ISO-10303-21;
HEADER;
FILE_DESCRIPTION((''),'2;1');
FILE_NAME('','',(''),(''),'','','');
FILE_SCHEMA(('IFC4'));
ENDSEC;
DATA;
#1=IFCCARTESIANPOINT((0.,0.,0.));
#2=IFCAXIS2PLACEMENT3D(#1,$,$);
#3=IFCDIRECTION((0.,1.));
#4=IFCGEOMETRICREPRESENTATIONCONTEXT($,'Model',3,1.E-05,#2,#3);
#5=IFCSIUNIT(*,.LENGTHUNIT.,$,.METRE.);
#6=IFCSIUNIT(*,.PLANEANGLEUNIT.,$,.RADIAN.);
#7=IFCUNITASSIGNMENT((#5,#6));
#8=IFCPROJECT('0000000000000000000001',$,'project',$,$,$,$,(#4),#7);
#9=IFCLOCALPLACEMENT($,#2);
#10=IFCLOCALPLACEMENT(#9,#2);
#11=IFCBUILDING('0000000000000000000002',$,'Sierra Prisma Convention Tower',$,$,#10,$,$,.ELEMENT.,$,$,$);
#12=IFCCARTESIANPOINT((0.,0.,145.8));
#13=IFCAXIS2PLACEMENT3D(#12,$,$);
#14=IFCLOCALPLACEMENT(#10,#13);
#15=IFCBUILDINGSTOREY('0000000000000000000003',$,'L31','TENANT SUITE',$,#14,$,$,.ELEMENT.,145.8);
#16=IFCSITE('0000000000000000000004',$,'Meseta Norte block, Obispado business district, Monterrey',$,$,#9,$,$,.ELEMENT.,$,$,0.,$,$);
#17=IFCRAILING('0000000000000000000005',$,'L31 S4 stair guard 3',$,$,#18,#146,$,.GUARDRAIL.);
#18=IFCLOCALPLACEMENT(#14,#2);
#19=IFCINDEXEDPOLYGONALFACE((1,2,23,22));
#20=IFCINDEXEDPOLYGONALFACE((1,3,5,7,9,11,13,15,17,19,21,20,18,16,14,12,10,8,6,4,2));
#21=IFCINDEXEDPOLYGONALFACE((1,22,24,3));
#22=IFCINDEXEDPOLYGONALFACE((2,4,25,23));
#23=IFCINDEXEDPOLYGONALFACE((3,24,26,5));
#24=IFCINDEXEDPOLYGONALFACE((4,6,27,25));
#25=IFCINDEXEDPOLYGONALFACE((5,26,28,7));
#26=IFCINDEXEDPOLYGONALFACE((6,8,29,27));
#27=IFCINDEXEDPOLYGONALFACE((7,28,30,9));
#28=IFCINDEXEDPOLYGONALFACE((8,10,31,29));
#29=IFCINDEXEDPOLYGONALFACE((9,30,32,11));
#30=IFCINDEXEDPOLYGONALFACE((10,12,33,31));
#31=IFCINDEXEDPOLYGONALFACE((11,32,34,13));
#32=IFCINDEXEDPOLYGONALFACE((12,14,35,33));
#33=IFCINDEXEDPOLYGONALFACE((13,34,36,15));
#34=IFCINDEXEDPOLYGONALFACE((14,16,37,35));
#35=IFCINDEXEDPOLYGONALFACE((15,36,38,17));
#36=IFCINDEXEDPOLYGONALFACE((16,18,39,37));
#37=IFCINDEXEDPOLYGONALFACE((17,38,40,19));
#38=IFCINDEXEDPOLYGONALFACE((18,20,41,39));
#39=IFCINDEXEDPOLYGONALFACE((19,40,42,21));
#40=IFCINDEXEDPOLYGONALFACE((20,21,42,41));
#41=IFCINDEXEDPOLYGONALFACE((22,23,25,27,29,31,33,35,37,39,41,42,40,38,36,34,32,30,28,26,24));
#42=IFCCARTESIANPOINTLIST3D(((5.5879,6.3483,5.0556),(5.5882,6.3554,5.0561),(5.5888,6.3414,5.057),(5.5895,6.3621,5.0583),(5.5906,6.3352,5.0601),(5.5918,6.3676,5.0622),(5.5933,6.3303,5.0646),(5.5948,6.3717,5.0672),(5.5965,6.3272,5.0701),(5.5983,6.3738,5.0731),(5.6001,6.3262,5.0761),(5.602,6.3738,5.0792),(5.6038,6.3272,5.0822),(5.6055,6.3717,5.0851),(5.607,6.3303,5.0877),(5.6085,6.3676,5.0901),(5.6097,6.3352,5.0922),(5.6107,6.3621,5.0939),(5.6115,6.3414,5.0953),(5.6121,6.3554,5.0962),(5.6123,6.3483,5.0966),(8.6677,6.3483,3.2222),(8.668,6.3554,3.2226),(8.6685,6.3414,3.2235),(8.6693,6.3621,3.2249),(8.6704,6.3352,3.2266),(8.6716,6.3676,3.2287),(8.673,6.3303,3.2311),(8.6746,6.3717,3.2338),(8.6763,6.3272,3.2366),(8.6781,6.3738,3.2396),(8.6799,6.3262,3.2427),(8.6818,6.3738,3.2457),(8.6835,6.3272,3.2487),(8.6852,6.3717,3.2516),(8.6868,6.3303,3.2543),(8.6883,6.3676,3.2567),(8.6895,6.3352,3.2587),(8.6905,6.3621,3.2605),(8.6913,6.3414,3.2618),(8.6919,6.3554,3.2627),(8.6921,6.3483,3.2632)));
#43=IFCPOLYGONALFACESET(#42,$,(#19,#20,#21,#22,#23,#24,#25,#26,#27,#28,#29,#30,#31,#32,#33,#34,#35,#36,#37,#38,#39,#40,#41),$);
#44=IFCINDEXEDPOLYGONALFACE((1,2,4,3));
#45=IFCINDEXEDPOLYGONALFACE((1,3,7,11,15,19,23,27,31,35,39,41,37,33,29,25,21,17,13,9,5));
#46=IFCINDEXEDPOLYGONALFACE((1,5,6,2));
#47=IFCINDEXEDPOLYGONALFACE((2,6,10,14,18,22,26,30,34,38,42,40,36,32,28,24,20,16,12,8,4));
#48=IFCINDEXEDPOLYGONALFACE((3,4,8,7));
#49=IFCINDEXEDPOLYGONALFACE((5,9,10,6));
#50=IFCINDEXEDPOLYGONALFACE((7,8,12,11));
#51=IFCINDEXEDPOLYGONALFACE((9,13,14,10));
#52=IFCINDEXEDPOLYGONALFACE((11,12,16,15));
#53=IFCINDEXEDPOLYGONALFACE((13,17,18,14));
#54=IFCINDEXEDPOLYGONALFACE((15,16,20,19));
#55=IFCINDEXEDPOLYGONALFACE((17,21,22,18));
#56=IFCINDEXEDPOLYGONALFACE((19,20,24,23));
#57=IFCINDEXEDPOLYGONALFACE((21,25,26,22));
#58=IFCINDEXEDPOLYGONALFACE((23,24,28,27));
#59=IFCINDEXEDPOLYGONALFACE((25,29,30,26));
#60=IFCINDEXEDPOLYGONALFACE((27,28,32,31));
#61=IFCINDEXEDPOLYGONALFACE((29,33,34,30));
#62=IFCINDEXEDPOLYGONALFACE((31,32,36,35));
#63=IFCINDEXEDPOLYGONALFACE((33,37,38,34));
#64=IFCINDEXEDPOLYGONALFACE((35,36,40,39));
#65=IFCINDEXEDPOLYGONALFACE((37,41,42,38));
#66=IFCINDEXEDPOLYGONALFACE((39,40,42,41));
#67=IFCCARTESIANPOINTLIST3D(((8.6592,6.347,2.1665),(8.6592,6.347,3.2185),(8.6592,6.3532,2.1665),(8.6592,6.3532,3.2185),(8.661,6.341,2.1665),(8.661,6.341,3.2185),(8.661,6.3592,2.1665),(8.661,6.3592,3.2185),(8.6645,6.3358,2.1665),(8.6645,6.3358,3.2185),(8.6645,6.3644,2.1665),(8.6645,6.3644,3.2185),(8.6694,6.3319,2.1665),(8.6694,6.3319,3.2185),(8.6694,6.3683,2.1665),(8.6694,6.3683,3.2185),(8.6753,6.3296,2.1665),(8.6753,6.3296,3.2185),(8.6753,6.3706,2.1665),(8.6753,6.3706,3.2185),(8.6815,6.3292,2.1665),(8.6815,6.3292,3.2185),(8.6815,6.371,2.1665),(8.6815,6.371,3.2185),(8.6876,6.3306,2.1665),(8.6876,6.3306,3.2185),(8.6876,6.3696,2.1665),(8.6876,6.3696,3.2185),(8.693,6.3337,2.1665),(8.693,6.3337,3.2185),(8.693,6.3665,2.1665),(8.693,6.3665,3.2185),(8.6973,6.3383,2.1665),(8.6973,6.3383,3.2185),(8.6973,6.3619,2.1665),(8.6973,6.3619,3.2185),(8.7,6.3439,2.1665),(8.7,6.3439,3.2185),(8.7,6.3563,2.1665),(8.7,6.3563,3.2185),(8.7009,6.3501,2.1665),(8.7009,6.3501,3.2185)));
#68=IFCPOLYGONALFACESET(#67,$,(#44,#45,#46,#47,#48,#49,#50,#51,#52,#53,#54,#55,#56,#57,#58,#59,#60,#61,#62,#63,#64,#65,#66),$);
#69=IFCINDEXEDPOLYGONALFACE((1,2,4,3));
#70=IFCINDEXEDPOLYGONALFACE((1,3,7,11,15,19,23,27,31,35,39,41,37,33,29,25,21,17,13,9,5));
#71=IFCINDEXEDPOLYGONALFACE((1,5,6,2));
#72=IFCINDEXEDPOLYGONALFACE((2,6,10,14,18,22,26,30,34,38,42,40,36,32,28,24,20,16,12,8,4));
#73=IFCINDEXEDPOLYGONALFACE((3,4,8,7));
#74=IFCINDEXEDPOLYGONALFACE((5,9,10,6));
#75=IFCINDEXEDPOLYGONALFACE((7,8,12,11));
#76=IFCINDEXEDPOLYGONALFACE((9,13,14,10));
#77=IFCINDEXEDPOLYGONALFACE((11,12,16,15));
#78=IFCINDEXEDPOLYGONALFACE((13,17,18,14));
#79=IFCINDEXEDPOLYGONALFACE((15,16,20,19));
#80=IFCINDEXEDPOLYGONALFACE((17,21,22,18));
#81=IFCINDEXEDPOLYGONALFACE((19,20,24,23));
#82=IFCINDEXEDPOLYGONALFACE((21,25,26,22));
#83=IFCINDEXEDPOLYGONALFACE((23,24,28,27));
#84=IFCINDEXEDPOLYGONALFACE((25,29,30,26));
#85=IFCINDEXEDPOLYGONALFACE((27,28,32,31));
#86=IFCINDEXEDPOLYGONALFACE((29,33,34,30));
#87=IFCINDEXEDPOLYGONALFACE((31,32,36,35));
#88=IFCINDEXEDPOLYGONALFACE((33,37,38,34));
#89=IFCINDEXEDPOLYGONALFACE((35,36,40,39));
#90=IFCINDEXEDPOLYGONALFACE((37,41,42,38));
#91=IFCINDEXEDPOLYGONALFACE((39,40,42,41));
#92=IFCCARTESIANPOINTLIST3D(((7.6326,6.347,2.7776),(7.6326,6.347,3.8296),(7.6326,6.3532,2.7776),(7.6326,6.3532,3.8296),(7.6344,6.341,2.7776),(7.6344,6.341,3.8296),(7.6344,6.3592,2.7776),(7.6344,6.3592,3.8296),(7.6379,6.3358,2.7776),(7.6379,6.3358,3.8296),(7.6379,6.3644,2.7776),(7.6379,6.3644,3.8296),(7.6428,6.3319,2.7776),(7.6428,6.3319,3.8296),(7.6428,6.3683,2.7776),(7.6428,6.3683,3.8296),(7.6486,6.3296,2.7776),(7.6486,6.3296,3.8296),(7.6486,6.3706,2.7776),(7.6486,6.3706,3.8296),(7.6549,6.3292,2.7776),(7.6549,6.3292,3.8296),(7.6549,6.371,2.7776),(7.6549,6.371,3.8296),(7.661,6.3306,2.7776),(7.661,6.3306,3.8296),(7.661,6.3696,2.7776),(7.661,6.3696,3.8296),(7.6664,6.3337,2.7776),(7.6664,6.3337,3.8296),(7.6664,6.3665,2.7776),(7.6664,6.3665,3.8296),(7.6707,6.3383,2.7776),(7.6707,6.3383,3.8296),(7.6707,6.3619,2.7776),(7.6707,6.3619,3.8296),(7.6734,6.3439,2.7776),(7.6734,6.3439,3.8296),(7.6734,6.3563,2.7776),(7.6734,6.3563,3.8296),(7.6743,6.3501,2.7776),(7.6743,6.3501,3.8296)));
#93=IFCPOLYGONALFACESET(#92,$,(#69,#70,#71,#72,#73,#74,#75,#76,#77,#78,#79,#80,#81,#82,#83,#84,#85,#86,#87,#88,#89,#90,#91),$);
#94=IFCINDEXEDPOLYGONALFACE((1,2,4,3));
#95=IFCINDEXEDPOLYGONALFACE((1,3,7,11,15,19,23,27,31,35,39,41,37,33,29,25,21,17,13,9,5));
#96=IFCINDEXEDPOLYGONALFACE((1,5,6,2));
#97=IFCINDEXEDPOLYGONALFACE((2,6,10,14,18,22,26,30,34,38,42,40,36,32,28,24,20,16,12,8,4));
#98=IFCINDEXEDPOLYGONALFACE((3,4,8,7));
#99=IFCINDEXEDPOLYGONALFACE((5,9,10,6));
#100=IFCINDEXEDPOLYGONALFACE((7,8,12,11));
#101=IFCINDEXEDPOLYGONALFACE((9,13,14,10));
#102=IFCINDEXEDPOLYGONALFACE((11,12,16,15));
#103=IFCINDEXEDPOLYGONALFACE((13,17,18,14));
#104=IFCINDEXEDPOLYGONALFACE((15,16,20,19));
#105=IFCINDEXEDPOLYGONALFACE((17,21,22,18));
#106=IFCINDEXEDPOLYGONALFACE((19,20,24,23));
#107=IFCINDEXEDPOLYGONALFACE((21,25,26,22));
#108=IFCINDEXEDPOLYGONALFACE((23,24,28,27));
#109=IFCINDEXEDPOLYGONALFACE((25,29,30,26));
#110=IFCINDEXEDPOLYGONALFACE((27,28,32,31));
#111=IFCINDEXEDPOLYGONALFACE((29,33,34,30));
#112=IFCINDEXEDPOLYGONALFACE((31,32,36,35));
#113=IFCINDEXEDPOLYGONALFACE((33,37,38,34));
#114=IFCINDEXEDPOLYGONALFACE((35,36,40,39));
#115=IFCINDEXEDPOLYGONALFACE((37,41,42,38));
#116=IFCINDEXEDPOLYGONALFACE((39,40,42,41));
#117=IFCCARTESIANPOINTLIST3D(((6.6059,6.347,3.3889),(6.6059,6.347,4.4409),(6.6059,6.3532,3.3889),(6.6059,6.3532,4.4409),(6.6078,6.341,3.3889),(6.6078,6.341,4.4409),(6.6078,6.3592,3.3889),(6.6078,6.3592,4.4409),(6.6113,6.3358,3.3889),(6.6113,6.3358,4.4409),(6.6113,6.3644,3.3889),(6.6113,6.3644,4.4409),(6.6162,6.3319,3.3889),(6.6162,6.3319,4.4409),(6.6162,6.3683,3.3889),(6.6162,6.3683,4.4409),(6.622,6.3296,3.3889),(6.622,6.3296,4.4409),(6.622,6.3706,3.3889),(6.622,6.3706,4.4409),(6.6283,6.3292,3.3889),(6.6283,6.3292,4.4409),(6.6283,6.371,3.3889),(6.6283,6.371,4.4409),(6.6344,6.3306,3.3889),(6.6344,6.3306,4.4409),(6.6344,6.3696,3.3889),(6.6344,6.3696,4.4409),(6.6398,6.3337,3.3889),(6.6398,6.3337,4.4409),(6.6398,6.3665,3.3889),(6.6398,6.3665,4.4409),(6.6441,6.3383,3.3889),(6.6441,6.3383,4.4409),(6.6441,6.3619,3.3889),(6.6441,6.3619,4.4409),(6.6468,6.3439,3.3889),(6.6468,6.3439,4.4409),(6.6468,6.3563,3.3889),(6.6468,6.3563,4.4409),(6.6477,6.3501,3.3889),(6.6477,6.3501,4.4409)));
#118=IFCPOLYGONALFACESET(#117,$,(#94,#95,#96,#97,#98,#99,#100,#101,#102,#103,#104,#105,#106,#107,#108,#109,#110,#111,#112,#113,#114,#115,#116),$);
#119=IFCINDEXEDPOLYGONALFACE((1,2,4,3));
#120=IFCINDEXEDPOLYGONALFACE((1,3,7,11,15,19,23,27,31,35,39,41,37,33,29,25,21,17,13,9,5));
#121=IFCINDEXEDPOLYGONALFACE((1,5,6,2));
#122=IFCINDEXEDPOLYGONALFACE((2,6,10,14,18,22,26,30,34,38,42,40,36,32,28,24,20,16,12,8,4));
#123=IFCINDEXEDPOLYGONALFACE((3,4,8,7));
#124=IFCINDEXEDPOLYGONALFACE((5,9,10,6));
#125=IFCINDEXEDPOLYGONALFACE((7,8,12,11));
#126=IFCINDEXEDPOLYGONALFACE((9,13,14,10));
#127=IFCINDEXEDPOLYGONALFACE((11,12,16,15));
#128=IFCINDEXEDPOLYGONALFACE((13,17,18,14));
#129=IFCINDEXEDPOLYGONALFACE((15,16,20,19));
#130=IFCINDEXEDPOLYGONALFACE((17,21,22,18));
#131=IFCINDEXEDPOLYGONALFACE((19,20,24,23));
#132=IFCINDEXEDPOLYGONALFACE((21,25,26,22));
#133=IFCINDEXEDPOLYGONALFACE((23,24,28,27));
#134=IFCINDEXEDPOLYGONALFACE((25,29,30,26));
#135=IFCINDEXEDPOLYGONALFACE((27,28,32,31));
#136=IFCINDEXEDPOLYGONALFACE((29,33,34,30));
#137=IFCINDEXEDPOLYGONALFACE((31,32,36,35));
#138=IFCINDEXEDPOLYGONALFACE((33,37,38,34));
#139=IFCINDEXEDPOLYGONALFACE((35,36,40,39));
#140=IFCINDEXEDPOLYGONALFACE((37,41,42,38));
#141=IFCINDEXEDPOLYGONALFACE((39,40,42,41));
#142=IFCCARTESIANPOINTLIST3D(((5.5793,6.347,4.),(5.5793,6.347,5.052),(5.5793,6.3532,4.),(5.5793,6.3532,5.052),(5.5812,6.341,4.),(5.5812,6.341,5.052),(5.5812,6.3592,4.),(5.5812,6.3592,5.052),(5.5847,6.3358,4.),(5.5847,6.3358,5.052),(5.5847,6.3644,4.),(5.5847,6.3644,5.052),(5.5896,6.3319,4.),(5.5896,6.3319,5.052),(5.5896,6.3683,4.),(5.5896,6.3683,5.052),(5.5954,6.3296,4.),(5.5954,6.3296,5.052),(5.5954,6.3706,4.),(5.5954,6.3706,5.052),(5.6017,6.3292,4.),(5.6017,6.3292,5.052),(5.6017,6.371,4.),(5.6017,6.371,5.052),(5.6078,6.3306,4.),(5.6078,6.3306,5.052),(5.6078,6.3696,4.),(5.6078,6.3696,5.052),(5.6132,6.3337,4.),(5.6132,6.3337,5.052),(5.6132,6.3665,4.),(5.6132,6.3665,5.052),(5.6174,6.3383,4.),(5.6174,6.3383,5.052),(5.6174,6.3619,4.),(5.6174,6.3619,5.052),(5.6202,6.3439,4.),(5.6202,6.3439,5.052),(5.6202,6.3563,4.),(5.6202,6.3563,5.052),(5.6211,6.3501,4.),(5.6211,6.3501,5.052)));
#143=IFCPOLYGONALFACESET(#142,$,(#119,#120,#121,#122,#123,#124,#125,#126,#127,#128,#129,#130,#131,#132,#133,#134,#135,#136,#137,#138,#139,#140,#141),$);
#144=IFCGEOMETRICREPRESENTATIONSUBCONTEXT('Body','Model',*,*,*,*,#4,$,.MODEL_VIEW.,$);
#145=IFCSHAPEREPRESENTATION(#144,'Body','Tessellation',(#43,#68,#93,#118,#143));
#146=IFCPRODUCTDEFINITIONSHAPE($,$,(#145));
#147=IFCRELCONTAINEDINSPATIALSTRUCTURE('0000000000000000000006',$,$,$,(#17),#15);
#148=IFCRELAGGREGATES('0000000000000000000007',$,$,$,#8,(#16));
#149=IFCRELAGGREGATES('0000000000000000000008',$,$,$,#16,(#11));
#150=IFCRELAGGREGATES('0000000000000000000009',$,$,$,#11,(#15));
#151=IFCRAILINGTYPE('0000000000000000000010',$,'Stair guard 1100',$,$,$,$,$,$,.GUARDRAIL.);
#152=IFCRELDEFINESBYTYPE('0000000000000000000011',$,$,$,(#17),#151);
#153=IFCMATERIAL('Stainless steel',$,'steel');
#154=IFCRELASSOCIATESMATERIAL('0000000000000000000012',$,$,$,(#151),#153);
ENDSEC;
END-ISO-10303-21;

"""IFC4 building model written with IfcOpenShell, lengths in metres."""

from ifc_helpers import new_model, si_unit, direction, frame, origin, origin_2d, place, context, subcontext, project, spatial, circle, extrude, material, type_object, element, save


model = new_model("IFC4")

# Units and contexts
model_context = context("Model", 3, precision=1e-05, world=origin(), true_north=direction((0.0, 1.0)))
body_context = subcontext(model_context, "Body", "Model", "MODEL_VIEW")
ifc_project = project(units=[si_unit("LENGTHUNIT", "METRE"), si_unit("PLANEANGLEUNIT", "RADIAN")], contexts=[model_context])

# Site, building, storey
site_placement = place(None, origin())
site = spatial("IfcSite", under=ifc_project, at=site_placement, Name="Meseta Norte block, Obispado business district, Monterrey", CompositionType="ELEMENT", RefElevation=0.0)
building_placement = place(site_placement, origin())
building = spatial("IfcBuilding", under=site, at=building_placement, Name="Sierra Prisma Convention Tower", CompositionType="ELEMENT")
storey_placement = place(building_placement, frame((0.0, 0.0, 145.8)))
storey = spatial("IfcBuildingStorey", under=building, at=storey_placement, Name="L31", Description="TENANT SUITE", CompositionType="ELEMENT", Elevation=145.8)

# Railing
ifc_material_1 = material(Name="Stainless steel", Category="steel")
railing_type_1 = type_object("IfcRailingType", Name="Stair guard 1100", PredefinedType="GUARDRAIL", material=ifc_material_1)
railing_1_placement = place(storey_placement, frame((8.6799, 6.3501, 2.1665)))
element("IfcRailing", 1, at=railing_1_placement, inside=storey, type_object=railing_type_1, Name="L31 S4 stair guard 3", PredefinedType="GUARDRAIL", context=body_context, shape_type="SweptSolid", body=[
    extrude(circle(Radius=0.0239, at=origin_2d()), frame((0.0, 0.0, 1.0762), z_axis=(-0.859261, 0.0, 0.511538), x_axis=(0.0, -1.0, 0.0)), (0.0, 0.0, 1.0), 3.5842),
    extrude(circle(Radius=0.021, at=origin_2d()), origin(), (0.0, 0.0, 1.0), 1.052),
    extrude(circle(Radius=0.021, at=origin_2d()), frame((-1.0266, 0.0, 0.6111)), (0.0, 0.0, 1.0), 1.052),
    extrude(circle(Radius=0.021, at=origin_2d()), frame((-2.0532, 0.0, 1.2224)), (0.0, 0.0, 1.0), 1.052),
    extrude(circle(Radius=0.021, at=origin_2d()), frame((-3.0798, 0.0, 1.8335)), (0.0, 0.0, 1.0), 1.052),
])

save(model, "model.ifc")
